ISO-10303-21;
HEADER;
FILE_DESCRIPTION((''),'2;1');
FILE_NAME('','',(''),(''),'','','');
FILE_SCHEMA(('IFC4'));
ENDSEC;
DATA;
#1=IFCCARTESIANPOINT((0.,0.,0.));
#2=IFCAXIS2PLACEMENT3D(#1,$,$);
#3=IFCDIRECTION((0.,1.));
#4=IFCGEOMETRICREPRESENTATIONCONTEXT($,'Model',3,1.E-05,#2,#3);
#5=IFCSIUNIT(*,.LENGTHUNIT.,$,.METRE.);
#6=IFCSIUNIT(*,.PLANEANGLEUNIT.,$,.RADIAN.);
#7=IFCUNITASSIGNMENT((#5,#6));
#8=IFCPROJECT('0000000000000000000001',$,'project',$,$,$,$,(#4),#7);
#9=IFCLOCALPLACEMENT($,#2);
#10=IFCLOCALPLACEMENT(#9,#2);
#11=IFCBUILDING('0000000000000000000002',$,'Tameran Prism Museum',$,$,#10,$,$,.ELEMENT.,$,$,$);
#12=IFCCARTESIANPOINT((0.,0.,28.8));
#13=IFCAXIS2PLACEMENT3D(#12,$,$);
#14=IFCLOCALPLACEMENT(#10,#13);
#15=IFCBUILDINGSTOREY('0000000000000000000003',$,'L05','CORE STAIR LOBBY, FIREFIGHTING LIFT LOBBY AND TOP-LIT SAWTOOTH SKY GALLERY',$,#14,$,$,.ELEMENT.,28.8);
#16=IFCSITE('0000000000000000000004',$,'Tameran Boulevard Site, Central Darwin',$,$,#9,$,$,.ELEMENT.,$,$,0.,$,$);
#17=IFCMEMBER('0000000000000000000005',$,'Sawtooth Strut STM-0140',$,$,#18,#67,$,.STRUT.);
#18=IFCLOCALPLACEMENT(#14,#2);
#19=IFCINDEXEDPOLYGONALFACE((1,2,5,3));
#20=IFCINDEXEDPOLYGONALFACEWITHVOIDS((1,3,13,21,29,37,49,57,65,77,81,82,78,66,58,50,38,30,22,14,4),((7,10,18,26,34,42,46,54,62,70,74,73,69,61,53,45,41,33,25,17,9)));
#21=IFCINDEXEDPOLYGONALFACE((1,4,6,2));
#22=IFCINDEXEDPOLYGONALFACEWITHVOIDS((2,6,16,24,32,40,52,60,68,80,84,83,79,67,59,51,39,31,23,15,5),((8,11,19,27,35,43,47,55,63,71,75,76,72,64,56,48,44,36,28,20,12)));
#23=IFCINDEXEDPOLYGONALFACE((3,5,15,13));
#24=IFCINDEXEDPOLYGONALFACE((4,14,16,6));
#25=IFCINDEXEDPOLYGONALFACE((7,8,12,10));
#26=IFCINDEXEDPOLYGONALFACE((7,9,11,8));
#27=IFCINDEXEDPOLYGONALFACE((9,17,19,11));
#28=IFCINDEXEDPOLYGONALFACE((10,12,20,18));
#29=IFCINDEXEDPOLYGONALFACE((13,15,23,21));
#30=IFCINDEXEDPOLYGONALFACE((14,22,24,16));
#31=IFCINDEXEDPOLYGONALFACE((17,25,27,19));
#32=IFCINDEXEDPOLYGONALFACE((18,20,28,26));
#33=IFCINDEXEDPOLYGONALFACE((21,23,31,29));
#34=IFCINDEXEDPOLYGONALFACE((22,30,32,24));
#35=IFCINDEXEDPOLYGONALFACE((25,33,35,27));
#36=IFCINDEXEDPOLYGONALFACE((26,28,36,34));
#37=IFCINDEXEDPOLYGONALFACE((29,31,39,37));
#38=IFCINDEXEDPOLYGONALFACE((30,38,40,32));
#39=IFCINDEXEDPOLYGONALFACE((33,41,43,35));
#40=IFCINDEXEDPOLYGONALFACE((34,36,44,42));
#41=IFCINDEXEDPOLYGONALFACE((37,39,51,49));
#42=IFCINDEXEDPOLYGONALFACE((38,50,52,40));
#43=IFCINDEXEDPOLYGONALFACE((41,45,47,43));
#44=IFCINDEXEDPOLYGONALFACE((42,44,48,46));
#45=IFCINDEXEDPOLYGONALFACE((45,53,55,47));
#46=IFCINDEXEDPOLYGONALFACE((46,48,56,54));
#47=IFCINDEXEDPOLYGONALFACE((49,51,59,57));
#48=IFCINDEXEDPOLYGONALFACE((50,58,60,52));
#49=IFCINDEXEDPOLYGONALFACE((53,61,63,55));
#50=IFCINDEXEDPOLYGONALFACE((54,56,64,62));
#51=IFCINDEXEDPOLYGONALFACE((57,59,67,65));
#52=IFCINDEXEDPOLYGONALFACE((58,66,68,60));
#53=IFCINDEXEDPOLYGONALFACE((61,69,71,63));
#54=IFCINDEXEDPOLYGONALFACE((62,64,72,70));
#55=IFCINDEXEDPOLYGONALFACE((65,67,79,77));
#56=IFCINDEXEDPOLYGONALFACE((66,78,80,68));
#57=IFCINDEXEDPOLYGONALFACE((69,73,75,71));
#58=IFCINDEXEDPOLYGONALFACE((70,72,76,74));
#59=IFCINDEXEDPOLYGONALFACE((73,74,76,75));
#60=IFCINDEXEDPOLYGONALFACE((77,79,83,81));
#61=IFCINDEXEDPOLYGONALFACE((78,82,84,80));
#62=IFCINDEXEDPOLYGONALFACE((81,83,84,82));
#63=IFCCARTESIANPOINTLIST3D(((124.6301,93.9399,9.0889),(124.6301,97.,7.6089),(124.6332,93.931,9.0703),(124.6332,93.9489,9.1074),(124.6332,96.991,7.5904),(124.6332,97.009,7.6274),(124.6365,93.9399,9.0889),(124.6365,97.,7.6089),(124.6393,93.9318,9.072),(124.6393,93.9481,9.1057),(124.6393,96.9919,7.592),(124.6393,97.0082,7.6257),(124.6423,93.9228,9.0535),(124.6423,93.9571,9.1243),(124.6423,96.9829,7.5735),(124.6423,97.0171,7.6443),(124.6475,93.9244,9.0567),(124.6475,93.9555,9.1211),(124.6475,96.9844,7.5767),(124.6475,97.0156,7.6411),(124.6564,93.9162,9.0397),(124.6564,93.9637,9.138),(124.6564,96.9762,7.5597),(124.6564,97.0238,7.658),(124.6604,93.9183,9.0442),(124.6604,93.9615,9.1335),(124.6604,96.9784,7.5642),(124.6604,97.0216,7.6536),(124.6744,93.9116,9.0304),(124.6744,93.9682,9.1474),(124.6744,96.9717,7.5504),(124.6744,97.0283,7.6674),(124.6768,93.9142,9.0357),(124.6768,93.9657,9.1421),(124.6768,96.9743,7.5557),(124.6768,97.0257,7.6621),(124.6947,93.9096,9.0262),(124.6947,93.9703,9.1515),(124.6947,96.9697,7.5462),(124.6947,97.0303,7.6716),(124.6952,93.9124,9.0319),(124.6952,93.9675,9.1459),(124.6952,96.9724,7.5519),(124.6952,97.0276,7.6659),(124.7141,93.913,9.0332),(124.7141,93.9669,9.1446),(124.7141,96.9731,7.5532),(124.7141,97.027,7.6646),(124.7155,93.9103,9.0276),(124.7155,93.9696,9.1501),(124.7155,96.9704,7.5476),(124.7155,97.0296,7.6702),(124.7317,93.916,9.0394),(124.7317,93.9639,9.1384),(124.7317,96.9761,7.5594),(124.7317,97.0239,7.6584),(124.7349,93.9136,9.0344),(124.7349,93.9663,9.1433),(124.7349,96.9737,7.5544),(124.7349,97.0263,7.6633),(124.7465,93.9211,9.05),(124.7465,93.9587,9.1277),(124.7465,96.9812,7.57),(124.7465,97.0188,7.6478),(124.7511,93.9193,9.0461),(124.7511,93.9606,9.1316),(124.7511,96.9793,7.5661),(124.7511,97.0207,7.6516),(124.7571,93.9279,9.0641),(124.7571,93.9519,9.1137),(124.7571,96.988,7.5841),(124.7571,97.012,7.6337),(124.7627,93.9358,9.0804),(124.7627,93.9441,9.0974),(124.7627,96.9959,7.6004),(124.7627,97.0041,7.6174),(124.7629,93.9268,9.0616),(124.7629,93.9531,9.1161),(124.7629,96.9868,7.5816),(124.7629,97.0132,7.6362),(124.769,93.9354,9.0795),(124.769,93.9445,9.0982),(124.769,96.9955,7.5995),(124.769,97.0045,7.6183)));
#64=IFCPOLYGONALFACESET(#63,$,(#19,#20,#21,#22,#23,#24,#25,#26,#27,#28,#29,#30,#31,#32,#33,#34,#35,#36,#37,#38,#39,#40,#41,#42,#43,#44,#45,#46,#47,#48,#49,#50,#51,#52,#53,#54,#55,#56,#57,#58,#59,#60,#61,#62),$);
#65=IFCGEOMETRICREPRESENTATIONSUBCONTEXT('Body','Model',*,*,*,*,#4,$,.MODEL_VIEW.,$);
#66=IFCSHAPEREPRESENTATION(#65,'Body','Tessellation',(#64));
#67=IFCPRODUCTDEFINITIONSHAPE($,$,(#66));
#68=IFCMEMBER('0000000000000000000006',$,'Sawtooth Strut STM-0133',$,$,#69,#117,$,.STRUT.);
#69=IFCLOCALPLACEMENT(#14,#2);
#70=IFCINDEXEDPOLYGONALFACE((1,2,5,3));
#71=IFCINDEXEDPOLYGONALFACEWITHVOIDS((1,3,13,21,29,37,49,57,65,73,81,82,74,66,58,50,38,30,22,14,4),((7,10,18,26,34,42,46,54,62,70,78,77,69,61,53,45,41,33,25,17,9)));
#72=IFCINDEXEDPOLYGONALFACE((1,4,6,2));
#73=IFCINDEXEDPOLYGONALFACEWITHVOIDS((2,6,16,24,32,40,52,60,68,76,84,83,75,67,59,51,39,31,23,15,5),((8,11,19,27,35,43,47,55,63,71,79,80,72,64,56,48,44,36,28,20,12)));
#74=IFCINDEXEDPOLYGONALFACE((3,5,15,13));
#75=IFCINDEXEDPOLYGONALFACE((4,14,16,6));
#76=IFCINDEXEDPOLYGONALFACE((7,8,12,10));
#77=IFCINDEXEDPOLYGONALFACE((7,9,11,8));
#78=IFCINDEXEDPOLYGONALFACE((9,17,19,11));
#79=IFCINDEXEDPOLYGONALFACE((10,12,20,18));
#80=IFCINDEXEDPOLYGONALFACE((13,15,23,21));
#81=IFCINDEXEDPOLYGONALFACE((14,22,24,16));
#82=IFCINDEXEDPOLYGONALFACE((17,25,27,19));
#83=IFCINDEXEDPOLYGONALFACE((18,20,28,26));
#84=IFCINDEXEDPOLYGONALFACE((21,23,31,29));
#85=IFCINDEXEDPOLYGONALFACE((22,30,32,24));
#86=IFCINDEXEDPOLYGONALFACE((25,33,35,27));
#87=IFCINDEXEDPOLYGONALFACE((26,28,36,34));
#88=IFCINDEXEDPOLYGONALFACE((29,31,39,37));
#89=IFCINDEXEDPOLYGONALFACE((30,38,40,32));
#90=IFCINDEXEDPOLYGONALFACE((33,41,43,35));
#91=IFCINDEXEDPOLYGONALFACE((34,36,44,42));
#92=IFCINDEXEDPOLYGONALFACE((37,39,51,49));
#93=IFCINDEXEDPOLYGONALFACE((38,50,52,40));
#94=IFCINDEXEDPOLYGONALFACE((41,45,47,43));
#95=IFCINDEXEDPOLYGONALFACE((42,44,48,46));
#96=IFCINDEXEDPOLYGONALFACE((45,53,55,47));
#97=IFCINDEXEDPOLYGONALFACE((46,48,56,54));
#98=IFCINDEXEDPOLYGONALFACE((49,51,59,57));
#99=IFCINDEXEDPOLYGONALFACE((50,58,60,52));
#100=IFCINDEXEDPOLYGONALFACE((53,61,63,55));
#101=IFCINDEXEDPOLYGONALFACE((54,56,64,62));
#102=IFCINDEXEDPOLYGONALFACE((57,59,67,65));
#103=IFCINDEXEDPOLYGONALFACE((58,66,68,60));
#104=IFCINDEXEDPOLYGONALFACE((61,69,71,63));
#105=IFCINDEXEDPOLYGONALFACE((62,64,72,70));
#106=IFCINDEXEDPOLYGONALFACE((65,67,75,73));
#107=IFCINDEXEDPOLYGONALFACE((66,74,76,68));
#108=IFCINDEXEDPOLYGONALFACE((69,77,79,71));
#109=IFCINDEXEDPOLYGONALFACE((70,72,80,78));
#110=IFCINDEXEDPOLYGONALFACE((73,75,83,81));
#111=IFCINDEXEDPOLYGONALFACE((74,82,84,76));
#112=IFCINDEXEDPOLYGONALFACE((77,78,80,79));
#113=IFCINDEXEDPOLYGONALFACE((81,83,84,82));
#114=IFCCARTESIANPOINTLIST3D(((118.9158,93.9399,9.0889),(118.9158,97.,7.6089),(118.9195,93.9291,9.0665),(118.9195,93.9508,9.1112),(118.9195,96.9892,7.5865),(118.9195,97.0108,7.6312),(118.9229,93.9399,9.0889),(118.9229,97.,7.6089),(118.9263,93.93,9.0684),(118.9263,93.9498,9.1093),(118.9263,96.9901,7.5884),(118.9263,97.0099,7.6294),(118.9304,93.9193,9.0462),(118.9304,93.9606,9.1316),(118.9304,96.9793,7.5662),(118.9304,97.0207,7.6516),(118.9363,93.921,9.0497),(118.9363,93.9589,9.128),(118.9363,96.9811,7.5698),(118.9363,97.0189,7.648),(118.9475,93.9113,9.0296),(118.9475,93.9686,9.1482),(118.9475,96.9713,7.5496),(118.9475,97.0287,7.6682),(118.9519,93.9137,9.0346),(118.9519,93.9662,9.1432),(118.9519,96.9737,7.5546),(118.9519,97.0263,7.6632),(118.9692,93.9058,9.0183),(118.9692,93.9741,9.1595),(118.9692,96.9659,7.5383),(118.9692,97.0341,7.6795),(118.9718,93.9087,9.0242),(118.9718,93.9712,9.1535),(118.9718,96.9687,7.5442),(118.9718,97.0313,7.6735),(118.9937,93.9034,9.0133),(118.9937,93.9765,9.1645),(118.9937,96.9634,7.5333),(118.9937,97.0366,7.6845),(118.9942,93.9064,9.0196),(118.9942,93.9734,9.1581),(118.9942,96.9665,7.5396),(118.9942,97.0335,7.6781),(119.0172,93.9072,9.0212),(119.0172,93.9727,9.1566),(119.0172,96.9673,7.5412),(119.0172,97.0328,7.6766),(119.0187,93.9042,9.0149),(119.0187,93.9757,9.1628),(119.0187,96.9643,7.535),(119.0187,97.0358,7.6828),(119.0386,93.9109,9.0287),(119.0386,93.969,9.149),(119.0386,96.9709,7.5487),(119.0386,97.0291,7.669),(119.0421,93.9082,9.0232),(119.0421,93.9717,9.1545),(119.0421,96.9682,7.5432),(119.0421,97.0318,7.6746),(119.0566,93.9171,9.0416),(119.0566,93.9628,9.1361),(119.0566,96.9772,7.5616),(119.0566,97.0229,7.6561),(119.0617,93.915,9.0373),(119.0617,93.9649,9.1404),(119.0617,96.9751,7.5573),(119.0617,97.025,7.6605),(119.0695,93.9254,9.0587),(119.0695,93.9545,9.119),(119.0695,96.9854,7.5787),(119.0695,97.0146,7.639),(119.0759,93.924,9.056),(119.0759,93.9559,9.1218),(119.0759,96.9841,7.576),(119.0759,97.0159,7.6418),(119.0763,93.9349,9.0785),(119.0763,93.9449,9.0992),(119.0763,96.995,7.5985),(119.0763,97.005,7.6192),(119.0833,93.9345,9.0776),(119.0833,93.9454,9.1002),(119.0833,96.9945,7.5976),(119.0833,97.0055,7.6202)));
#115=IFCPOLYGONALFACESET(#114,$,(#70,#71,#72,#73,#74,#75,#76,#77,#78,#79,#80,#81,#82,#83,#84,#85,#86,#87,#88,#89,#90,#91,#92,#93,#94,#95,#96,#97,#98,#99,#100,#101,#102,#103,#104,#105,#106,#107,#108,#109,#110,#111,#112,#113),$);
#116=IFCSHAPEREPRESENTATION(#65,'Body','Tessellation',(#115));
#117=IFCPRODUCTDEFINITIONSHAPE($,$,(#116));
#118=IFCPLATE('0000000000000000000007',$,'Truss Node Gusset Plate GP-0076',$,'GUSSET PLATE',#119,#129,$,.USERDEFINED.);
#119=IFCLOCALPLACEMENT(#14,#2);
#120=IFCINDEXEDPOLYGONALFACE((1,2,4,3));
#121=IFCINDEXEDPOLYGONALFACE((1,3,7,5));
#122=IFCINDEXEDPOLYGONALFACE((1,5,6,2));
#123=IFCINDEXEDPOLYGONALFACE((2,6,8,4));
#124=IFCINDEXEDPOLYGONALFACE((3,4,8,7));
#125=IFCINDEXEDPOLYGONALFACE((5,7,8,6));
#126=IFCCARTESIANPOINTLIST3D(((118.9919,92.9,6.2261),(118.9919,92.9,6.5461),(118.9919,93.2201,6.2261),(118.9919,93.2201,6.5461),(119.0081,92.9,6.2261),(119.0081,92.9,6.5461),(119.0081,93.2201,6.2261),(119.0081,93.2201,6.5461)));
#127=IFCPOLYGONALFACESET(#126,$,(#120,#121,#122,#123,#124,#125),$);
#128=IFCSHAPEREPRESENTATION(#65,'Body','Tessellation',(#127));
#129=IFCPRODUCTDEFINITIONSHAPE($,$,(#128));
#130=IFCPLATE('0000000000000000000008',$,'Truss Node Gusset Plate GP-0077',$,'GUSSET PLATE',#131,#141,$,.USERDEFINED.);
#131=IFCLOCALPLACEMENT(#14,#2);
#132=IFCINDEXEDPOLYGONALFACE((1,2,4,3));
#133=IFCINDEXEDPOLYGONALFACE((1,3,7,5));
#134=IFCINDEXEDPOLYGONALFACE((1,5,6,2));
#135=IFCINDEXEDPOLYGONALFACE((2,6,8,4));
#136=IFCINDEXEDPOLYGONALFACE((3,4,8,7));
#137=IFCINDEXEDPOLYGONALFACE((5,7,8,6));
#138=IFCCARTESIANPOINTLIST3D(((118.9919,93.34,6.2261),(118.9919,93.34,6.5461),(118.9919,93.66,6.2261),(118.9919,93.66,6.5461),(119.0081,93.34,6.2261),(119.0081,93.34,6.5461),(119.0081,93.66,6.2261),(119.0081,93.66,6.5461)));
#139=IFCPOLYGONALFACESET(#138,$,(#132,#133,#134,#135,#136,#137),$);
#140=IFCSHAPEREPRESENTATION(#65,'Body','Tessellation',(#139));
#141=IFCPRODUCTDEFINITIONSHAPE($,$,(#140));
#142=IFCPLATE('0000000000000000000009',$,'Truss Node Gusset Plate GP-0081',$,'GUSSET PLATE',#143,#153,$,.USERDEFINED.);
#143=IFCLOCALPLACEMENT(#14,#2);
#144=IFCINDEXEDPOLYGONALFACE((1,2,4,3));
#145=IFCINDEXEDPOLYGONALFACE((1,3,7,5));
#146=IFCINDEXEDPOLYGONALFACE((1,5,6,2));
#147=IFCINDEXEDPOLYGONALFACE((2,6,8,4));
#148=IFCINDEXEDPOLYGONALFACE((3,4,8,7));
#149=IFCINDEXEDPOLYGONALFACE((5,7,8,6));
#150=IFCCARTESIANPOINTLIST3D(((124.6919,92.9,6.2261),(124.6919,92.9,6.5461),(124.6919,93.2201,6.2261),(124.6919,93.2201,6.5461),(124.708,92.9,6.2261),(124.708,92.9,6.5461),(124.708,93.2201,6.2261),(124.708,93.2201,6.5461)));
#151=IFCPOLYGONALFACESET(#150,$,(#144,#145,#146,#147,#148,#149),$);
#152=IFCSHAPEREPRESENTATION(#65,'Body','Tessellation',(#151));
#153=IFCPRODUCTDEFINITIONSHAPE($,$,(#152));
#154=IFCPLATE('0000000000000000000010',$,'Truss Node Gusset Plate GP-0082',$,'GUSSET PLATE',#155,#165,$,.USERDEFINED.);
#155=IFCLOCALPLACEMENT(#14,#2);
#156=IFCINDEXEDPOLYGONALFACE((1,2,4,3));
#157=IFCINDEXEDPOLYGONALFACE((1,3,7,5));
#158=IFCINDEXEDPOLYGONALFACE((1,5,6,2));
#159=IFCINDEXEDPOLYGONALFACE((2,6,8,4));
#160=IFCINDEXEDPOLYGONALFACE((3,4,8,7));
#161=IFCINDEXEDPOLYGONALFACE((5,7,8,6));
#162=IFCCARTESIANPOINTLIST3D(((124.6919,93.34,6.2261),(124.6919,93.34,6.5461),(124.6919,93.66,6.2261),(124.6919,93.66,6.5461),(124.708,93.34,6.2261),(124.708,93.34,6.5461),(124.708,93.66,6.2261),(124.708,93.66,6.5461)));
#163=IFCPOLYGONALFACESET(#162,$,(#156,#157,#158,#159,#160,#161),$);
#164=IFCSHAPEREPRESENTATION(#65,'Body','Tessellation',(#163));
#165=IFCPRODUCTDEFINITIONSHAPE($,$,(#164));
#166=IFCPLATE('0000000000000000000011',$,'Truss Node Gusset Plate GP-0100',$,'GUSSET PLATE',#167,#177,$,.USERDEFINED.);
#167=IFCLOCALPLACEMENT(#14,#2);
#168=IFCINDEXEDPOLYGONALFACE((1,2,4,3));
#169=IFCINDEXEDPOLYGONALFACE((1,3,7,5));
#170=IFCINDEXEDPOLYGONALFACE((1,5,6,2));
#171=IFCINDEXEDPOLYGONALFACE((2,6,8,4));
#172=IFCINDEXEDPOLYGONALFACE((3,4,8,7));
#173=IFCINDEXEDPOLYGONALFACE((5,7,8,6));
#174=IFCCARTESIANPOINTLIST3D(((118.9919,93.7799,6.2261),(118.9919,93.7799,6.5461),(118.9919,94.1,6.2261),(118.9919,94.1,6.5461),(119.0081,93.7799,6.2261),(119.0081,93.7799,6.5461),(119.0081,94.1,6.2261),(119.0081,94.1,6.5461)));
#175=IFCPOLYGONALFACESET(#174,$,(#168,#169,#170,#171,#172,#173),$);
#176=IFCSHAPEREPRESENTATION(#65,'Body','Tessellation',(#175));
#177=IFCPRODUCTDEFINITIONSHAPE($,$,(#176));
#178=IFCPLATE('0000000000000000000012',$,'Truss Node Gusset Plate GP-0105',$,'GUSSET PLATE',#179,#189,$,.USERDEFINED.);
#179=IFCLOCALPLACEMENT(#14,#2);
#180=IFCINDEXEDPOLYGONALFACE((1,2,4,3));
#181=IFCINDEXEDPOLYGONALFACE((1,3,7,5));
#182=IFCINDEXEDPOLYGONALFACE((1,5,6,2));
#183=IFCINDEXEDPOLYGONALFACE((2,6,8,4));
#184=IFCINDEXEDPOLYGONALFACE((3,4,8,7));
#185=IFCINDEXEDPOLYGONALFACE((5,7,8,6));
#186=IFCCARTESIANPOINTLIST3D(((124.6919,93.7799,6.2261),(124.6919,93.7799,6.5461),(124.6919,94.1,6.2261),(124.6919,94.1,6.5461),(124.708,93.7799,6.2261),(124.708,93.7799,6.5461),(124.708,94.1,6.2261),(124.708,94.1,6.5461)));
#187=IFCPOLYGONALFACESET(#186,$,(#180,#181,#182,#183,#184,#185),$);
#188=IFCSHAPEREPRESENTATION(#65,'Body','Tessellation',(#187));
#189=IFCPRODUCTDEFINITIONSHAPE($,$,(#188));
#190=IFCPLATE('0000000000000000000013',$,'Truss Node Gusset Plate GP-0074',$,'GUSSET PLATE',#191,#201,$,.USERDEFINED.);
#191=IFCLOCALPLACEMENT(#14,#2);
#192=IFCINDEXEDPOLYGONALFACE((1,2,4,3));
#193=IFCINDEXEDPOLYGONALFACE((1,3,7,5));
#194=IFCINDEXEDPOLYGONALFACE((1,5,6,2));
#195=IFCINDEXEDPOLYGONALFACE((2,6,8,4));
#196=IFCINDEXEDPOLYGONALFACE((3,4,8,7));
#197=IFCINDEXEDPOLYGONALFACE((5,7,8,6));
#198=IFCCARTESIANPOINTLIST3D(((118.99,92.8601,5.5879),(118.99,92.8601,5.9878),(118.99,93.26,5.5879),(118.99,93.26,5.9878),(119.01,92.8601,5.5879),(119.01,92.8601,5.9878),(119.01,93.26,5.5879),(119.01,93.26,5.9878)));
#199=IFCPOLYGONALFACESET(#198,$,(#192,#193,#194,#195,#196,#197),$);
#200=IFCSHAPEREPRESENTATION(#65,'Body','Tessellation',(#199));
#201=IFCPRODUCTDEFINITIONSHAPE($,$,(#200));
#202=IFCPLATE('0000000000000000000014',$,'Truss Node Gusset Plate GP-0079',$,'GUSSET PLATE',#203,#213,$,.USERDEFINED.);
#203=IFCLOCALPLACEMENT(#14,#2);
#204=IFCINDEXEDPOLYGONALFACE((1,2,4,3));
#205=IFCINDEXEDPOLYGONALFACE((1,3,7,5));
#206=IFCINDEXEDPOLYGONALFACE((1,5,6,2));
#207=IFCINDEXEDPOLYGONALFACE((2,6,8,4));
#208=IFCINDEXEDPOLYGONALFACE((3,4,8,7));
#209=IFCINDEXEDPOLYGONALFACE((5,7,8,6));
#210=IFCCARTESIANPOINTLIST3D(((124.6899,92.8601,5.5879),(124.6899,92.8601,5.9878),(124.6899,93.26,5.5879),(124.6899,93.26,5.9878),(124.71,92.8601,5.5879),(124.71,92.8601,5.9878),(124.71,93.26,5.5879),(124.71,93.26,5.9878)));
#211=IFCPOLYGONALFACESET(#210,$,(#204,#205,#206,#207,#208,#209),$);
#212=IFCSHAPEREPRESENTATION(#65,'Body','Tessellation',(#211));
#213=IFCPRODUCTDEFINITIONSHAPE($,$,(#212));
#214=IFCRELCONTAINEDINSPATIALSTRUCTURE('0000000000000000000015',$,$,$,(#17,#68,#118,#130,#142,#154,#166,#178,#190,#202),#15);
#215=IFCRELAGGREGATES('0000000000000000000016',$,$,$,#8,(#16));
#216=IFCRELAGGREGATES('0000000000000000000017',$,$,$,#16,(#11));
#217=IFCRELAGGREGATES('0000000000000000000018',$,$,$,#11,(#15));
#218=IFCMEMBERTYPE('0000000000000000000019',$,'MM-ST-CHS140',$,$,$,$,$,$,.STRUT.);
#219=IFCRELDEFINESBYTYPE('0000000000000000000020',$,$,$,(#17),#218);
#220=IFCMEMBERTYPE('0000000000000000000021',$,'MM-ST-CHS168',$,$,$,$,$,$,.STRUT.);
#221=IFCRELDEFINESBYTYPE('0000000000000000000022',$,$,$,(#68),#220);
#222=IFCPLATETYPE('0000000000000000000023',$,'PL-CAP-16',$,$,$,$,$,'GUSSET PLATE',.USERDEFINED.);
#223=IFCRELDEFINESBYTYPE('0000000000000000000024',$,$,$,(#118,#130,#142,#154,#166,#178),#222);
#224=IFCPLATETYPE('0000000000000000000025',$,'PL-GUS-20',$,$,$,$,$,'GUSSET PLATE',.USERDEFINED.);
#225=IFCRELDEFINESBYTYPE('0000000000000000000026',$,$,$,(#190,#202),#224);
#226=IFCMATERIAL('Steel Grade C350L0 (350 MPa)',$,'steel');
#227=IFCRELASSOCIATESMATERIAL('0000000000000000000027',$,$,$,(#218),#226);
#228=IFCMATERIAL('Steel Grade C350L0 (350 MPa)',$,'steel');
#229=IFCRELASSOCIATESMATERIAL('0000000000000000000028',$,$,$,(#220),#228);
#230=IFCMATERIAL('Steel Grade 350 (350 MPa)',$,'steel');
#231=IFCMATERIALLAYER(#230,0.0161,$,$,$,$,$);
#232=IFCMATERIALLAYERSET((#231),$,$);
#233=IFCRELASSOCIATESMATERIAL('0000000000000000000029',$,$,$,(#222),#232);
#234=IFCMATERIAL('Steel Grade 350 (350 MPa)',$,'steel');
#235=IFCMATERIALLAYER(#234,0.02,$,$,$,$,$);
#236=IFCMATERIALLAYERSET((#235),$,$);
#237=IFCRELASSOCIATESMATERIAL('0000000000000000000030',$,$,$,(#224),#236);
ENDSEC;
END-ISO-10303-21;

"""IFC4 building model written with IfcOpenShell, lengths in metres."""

from ifc_helpers import new_model, si_unit, direction, frame, origin, origin_2d, place, context, subcontext, project, spatial, rectangle, hollow_circle, extrude, material, layer, layer_set, material_profile, profile_set, type_object, element, save


model = new_model("IFC4")

# Units and contexts
model_context = context("Model", 3, precision=1e-05, world=origin(), true_north=direction((0.0, 1.0)))
body_context = subcontext(model_context, "Body", "Model", "MODEL_VIEW")
ifc_project = project(units=[si_unit("LENGTHUNIT", "METRE"), si_unit("PLANEANGLEUNIT", "RADIAN")], contexts=[model_context])

# Site, building, storey
site_placement = place(None, origin())
site = spatial("IfcSite", under=ifc_project, at=site_placement, Name="Tameran Boulevard Site, Central Darwin", CompositionType="ELEMENT", RefElevation=0.0)
building_placement = place(site_placement, origin())
building = spatial("IfcBuilding", under=site, at=building_placement, Name="Tameran Prism Museum", CompositionType="ELEMENT")
storey_placement = place(building_placement, frame((0.0, 0.0, 28.8)))
storey = spatial("IfcBuildingStorey", under=building, at=storey_placement, Name="L05", Description="CORE STAIR LOBBY, FIREFIGHTING LIFT LOBBY AND TOP-LIT SAWTOOTH SKY GALLERY", CompositionType="ELEMENT", Elevation=28.8)

# Members
ifc_material_1 = material(Name="Steel Grade C350L0 (350 MPa)", Category="steel")
ifc_material_profile_1 = material_profile(ifc_material_1, hollow_circle(Radius=0.0698, WallThickness=0.0063, at=origin_2d()))
ifc_profile_set_1 = profile_set([ifc_material_profile_1])
member_type_1 = type_object("IfcMemberType", Name="MM-ST-CHS140", PredefinedType="STRUT", material=ifc_profile_set_1)
member_1_placement = place(storey_placement, frame((124.7, 93.9399, 9.0889), z_axis=(0.0, 0.900239, -0.435396), x_axis=(-1.0, 0.0, 0.0)))
element("IfcMember", 1, at=member_1_placement, inside=storey, type_object=member_type_1, Name="Sawtooth Strut STM-0140", PredefinedType="STRUT", context=body_context, shape_type="SweptSolid", body=[
    extrude(hollow_circle(Radius=0.0698, WallThickness=0.0063, at=origin_2d()), origin(), (0.0, 0.0, 1.0), 3.3992),
])
ifc_material_2 = material(Name="Steel Grade C350L0 (350 MPa)", Category="steel")
ifc_material_profile_2 = material_profile(ifc_material_2, hollow_circle(Radius=0.0842, WallThickness=0.0071, at=origin_2d()))
ifc_profile_set_2 = profile_set([ifc_material_profile_2])
member_type_2 = type_object("IfcMemberType", Name="MM-ST-CHS168", PredefinedType="STRUT", material=ifc_profile_set_2)
member_2_placement = place(storey_placement, frame((119.0, 93.9399, 9.0889), z_axis=(0.0, 0.900239, -0.435396), x_axis=(-1.0, 0.0, 0.0)))
element("IfcMember", 2, at=member_2_placement, inside=storey, type_object=member_type_2, Name="Sawtooth Strut STM-0133", PredefinedType="STRUT", context=body_context, shape_type="SweptSolid", body=[
    extrude(hollow_circle(Radius=0.0842, WallThickness=0.0071, at=origin_2d()), origin(), (0.0, 0.0, 1.0), 3.3992),
])

# Plates
ifc_material_3 = material(Name="Steel Grade 350 (350 MPa)", Category="steel")
ifc_layer_1 = layer(ifc_material_3, 0.0161)
ifc_layer_set_1 = layer_set([ifc_layer_1])
plate_type_1 = type_object("IfcPlateType", Name="PL-CAP-16", ElementType="GUSSET PLATE", PredefinedType="USERDEFINED", material=ifc_layer_set_1)
for number, where, z_axis, x_axis, name in (
    (3, (119.0, 93.0601, 6.2261), (0.0, 0.0, 1.0), (1.0, 0.0, 0.0), "Truss Node Gusset Plate GP-0076"),
    (4, (119.0, 93.5, 6.2261), (0.0, 0.0, 1.0), (1.0, 0.0, 0.0), "Truss Node Gusset Plate GP-0077"),
    (5, (124.7, 93.0601, 6.2261), (0.0, 0.0, 1.0), (1.0, 0.0, 0.0), "Truss Node Gusset Plate GP-0081"),
    (6, (124.7, 93.5, 6.2261), (0.0, 0.0, 1.0), (1.0, 0.0, 0.0), "Truss Node Gusset Plate GP-0082"),
    (7, (119.0, 93.9399, 6.2261), (0.0, 0.0, 1.0), (1.0, 0.0, 0.0), "Truss Node Gusset Plate GP-0100"),
    (8, (124.7, 93.9399, 6.2261), (0.0, 0.0, 1.0), (1.0, 0.0, 0.0), "Truss Node Gusset Plate GP-0105"),
):
    element("IfcPlate", number, at=place(storey_placement, frame(where, z_axis=z_axis, x_axis=x_axis)), inside=storey, type_object=plate_type_1, Name=name, ObjectType="GUSSET PLATE", PredefinedType="USERDEFINED", context=body_context, shape_type="SweptSolid", body=[
        extrude(rectangle(XDim=0.0161, YDim=0.3201, at=origin_2d()), origin(), (0.0, 0.0, 1.0), 0.3201),
    ])
ifc_material_4 = material(Name="Steel Grade 350 (350 MPa)", Category="steel")
ifc_layer_2 = layer(ifc_material_4, 0.02)
ifc_layer_set_2 = layer_set([ifc_layer_2])
plate_type_2 = type_object("IfcPlateType", Name="PL-GUS-20", ElementType="GUSSET PLATE", PredefinedType="USERDEFINED", material=ifc_layer_set_2)
for number, where, z_axis, x_axis, name in (
    (9, (119.0, 93.0601, 5.5879), (0.0, 0.0, 1.0), (1.0, 0.0, 0.0), "Truss Node Gusset Plate GP-0074"),
    (10, (124.7, 93.0601, 5.5879), (0.0, 0.0, 1.0), (1.0, 0.0, 0.0), "Truss Node Gusset Plate GP-0079"),
):
    element("IfcPlate", number, at=place(storey_placement, frame(where, z_axis=z_axis, x_axis=x_axis)), inside=storey, type_object=plate_type_2, Name=name, ObjectType="GUSSET PLATE", PredefinedType="USERDEFINED", context=body_context, shape_type="SweptSolid", body=[
        extrude(rectangle(XDim=0.02, YDim=0.3999, at=origin_2d()), origin(), (0.0, 0.0, 1.0), 0.3999),
    ])

save(model, "model.ifc")
